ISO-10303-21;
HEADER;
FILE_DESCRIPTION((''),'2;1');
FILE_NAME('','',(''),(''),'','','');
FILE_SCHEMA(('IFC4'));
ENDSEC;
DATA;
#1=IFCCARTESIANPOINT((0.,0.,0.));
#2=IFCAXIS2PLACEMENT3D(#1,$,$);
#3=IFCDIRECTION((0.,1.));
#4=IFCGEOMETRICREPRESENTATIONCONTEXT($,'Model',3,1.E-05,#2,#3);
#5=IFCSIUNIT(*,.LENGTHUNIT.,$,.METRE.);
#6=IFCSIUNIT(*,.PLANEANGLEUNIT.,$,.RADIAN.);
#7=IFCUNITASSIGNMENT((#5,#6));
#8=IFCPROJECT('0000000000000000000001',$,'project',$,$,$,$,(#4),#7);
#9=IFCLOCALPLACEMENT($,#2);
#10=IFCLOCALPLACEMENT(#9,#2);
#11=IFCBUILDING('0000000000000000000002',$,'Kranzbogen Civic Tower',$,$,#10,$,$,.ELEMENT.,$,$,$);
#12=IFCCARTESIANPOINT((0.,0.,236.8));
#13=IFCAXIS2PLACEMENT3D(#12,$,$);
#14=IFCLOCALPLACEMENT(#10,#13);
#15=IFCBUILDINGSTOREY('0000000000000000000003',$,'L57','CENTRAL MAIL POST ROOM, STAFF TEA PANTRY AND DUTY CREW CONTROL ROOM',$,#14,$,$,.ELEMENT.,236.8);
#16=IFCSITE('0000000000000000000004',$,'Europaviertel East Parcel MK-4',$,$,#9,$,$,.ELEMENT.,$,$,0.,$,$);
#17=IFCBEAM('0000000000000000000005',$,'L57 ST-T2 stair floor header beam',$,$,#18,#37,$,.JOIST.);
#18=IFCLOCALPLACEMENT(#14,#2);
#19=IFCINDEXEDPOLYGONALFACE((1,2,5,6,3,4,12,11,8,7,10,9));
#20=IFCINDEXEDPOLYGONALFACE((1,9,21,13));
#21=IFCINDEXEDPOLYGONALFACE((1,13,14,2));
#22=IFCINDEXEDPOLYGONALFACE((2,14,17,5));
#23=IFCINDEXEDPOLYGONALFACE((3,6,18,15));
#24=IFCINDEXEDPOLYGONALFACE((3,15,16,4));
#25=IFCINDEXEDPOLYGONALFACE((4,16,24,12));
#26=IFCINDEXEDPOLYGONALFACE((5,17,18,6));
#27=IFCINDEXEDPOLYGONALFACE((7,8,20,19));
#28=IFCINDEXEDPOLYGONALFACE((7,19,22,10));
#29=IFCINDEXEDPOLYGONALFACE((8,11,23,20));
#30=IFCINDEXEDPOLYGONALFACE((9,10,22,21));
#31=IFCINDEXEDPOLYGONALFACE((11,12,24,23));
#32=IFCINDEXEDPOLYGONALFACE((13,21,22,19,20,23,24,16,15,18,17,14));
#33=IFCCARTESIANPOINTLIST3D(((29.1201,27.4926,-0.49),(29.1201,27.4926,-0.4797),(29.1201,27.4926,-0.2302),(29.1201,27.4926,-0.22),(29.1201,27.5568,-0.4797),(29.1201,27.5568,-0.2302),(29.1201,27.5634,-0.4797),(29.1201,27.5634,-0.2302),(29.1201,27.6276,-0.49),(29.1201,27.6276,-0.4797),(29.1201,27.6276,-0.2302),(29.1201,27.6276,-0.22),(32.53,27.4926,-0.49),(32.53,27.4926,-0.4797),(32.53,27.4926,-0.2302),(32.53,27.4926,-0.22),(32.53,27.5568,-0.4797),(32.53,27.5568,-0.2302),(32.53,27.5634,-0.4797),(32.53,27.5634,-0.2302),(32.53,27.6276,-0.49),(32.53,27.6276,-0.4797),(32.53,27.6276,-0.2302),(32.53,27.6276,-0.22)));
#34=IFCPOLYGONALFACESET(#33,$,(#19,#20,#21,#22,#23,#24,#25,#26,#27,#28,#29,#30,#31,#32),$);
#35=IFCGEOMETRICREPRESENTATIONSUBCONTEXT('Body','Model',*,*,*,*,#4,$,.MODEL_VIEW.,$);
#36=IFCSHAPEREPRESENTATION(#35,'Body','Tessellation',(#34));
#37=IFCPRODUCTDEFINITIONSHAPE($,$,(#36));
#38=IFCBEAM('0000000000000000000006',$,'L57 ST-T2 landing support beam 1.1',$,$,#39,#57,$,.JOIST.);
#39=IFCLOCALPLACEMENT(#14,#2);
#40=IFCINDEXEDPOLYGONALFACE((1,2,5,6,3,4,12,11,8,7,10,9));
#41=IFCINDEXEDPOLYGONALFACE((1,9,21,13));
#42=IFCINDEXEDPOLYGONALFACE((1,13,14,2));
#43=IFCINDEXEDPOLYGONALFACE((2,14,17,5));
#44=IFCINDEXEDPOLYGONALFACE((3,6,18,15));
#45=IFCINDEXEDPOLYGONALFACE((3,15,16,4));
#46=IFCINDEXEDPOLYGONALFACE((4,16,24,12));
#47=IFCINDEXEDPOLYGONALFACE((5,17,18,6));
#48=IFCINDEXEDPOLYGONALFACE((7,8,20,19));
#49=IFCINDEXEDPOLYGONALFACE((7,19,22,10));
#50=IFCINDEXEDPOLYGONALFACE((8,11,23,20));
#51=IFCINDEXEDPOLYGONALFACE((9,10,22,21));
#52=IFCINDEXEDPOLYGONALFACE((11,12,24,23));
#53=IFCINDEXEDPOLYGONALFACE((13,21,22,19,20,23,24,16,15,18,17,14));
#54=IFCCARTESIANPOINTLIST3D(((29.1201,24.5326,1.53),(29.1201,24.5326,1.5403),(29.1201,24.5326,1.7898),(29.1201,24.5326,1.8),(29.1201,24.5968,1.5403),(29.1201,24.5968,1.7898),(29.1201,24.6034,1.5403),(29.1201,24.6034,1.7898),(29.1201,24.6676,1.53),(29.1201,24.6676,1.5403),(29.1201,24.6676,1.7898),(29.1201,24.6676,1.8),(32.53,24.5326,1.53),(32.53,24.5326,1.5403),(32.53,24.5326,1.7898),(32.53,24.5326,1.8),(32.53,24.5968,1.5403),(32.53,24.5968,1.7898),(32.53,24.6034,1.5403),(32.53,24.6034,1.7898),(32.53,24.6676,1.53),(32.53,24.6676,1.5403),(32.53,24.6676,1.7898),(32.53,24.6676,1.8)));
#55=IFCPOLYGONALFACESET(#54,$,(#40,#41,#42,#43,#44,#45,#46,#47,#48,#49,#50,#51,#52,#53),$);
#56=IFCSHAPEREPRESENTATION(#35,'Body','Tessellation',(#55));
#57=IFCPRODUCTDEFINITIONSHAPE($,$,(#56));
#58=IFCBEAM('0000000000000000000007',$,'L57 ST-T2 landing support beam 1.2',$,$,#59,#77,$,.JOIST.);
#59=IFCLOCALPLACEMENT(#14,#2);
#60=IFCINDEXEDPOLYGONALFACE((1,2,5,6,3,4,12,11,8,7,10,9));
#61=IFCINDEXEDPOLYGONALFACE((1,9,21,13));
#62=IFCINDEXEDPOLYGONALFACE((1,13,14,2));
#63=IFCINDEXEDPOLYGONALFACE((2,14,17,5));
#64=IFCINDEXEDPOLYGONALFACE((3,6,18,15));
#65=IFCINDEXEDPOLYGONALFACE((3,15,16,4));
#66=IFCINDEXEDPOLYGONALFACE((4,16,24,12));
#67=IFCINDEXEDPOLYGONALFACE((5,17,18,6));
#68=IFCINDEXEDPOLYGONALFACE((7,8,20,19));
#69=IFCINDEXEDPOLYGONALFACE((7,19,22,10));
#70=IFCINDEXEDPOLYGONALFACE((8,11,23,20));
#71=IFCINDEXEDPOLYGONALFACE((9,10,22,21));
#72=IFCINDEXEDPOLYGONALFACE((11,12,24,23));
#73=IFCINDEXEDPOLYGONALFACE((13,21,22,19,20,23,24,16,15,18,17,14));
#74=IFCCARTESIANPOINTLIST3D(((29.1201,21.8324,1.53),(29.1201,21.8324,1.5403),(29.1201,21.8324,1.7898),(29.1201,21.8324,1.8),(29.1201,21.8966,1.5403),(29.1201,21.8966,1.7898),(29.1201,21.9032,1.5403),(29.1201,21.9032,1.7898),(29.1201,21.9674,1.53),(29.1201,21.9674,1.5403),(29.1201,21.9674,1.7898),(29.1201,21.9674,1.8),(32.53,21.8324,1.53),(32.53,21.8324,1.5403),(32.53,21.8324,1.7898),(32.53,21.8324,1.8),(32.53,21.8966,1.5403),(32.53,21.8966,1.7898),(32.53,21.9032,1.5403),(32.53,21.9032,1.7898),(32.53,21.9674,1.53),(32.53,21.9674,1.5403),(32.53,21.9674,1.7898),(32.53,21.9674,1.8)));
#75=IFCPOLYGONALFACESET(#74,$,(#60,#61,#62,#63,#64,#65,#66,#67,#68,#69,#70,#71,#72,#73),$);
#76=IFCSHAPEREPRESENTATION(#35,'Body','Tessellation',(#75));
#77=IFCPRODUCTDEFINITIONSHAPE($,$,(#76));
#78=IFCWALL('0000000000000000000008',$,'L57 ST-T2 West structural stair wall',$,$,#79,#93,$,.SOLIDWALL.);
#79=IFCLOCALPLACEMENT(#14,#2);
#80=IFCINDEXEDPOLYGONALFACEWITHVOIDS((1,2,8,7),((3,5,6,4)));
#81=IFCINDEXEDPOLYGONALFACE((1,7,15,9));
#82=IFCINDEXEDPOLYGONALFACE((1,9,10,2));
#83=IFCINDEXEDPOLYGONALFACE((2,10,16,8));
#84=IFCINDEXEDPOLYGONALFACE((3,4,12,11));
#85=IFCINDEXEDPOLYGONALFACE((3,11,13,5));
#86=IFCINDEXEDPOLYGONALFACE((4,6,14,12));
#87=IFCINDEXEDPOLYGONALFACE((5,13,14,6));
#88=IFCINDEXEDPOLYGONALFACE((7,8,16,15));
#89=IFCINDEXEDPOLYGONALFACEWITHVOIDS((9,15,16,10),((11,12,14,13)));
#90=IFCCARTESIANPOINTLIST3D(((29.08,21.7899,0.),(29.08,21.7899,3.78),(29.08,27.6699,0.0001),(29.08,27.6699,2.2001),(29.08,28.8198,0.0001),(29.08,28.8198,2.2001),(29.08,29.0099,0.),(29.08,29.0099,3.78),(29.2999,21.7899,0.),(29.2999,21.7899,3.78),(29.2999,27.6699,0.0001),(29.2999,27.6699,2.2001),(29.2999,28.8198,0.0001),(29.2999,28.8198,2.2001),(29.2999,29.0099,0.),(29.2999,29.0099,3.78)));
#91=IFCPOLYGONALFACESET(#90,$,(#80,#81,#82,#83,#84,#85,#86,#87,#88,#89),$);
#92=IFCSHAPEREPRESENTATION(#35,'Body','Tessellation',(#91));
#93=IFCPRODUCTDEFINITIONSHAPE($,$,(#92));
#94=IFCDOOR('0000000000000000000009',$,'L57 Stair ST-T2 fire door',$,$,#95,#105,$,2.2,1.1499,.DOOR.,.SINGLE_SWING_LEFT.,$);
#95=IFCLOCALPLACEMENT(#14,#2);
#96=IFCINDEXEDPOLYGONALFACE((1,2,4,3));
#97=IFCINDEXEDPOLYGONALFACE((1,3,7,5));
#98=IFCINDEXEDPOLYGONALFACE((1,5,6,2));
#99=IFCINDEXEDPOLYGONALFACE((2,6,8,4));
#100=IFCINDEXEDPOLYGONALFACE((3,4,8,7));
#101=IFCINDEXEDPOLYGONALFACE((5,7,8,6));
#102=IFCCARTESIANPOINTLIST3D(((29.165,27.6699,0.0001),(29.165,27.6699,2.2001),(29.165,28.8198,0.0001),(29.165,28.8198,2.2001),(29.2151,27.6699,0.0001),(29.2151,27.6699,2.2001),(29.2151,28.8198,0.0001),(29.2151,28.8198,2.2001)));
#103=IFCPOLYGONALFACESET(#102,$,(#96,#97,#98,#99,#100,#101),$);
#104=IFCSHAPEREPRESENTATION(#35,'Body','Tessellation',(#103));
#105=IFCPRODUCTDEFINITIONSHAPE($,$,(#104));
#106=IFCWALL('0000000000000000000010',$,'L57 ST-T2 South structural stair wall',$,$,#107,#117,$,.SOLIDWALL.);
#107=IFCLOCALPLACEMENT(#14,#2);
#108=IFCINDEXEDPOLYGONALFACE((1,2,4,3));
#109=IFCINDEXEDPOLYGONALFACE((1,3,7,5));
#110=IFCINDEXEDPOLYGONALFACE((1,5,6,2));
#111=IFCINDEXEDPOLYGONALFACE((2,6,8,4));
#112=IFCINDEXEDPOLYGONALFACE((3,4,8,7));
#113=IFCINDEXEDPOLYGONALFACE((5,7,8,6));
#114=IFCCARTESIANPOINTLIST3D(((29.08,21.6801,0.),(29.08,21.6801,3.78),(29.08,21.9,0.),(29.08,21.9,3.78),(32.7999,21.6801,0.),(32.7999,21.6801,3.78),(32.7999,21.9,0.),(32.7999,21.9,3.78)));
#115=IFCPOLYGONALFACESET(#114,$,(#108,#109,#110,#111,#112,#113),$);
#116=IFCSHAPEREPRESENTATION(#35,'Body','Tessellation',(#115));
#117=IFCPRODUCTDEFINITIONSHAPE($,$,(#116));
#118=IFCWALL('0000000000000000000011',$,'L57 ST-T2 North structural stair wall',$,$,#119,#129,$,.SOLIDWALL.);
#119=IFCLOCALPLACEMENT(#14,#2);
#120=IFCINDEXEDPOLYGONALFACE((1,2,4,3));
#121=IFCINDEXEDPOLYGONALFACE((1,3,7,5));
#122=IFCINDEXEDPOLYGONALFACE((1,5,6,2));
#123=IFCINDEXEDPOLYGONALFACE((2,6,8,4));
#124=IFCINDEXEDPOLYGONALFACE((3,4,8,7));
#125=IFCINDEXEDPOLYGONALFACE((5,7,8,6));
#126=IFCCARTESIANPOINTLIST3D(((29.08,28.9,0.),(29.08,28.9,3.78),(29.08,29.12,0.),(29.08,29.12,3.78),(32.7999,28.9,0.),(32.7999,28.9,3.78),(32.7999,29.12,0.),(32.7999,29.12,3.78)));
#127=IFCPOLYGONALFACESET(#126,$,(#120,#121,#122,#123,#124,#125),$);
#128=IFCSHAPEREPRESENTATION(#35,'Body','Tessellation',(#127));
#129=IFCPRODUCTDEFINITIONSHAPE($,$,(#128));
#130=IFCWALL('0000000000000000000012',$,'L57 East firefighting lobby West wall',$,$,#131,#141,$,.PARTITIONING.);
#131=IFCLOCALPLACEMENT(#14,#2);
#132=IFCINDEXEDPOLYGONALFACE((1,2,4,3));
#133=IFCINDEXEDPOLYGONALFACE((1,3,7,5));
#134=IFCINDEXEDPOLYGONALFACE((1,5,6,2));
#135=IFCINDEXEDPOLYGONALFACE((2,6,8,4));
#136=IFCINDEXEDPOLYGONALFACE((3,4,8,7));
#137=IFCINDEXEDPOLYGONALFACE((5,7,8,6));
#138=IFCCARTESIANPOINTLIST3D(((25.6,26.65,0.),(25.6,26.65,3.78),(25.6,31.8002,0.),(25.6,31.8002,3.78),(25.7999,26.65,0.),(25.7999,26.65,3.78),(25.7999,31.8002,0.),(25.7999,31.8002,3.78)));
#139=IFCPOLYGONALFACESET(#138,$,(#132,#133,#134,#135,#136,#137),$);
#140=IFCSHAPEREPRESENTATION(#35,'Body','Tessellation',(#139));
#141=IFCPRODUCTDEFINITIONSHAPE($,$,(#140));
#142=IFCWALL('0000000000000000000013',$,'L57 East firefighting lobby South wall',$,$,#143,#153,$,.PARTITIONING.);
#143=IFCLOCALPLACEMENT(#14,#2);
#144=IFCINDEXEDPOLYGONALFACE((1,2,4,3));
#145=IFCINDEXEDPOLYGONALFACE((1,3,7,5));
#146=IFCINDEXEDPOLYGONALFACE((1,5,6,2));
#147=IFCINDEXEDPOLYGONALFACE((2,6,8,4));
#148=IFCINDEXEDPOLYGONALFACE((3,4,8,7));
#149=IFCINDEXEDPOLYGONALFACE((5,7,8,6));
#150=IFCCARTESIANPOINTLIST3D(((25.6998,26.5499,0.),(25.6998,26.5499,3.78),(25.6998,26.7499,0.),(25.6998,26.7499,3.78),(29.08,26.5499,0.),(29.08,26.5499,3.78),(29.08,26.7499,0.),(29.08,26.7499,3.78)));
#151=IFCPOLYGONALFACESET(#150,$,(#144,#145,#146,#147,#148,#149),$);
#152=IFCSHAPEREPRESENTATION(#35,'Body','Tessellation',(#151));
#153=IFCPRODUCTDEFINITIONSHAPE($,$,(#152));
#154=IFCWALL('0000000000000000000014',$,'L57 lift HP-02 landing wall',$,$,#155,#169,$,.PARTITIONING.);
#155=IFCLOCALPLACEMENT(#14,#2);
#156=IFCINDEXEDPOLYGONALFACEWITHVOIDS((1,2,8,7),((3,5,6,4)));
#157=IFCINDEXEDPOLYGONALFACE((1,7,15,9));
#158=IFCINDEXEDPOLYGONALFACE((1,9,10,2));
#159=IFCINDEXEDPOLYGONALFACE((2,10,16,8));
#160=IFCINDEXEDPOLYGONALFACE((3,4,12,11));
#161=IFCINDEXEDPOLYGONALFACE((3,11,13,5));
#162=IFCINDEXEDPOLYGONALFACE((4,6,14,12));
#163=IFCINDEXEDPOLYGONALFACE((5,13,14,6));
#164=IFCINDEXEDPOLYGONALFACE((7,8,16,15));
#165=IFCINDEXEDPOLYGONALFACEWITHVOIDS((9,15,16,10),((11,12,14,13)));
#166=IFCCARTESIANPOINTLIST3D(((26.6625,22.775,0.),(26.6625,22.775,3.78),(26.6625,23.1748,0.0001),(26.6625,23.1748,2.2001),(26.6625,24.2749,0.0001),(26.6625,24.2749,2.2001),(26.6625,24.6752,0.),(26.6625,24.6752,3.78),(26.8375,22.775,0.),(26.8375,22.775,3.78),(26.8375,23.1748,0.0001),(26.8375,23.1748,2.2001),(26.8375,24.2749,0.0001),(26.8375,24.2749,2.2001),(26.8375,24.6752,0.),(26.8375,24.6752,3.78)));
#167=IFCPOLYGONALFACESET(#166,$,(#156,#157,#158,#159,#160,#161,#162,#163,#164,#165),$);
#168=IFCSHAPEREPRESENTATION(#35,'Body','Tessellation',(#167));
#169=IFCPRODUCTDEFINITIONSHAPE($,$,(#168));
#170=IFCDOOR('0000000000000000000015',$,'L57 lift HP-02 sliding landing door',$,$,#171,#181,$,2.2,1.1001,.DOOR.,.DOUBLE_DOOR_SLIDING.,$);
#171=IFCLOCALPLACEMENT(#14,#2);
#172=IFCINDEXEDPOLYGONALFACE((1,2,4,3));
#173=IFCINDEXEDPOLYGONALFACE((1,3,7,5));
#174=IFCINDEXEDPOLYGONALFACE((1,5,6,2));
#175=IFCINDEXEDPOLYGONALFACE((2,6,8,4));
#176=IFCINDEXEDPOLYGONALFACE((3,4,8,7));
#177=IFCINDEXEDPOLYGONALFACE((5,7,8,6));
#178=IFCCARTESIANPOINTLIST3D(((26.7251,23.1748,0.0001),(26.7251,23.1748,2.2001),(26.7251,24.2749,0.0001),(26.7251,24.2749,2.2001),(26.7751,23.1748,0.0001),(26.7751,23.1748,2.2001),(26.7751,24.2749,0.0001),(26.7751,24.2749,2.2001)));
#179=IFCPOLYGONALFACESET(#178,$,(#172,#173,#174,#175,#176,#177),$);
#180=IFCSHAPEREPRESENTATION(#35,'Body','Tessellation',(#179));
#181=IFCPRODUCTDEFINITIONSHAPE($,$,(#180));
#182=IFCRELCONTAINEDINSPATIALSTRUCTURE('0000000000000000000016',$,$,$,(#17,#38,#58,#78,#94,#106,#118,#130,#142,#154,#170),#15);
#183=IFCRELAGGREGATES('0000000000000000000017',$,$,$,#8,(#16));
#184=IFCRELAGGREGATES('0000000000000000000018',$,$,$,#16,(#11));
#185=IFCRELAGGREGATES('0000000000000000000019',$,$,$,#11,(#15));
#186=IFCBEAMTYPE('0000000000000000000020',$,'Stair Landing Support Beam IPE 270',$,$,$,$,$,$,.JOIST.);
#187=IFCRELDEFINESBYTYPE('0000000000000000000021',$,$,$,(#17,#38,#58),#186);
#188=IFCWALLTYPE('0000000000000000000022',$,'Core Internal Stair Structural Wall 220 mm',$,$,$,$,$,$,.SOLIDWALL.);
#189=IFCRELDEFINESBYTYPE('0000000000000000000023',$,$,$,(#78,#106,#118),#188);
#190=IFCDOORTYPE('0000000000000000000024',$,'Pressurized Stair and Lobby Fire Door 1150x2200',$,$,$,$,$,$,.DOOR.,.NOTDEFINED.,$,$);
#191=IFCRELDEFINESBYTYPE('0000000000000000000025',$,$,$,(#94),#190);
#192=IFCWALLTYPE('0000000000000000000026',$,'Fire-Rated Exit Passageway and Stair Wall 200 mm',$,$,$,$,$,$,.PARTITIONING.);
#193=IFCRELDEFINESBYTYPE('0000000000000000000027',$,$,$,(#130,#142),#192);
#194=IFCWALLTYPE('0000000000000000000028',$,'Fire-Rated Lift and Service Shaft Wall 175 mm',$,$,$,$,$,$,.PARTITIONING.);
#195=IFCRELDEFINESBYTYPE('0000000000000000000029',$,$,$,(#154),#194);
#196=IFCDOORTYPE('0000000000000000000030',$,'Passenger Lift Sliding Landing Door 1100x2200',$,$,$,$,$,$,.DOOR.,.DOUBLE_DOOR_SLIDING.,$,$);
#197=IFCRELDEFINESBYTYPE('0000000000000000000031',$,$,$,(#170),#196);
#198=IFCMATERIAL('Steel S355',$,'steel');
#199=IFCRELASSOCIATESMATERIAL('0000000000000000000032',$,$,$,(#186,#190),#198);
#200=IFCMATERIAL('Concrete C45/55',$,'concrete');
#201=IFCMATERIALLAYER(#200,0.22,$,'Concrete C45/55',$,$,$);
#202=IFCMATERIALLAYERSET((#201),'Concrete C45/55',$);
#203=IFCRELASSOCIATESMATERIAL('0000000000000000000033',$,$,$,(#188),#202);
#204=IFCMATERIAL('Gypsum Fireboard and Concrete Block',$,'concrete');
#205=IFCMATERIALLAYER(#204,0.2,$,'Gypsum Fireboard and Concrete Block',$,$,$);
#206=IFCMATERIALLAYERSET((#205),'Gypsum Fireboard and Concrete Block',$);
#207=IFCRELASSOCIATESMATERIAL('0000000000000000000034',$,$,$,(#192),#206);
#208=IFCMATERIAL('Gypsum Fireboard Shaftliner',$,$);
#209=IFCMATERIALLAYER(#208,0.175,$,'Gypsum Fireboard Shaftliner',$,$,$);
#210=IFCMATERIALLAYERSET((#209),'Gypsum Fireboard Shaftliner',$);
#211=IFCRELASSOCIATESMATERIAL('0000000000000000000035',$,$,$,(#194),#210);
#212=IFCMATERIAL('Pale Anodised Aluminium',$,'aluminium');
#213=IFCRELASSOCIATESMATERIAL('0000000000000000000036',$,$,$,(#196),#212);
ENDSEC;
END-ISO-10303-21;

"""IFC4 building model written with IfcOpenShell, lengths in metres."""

from ifc_helpers import new_model, si_unit, direction, frame, frame_2d, origin, origin_2d, place, context, subcontext, project, spatial, rectangle, i_section, extrude, material, layer, layer_set, material_profile, profile_set, type_object, element, fill, save


model = new_model("IFC4")

# Units and contexts
model_context = context("Model", 3, precision=1e-05, world=origin(), true_north=direction((0.0, 1.0)))
body_context = subcontext(model_context, "Body", "Model", "MODEL_VIEW")
ifc_project = project(units=[si_unit("LENGTHUNIT", "METRE"), si_unit("PLANEANGLEUNIT", "RADIAN")], contexts=[model_context])

# Site, building, storey
site_placement = place(None, origin())
site = spatial("IfcSite", under=ifc_project, at=site_placement, Name="Europaviertel East Parcel MK-4", CompositionType="ELEMENT", RefElevation=0.0)
building_placement = place(site_placement, origin())
building = spatial("IfcBuilding", under=site, at=building_placement, Name="Kranzbogen Civic Tower", CompositionType="ELEMENT")
storey_placement = place(building_placement, frame((0.0, 0.0, 236.8)))
storey = spatial("IfcBuildingStorey", under=building, at=storey_placement, Name="L57", Description="CENTRAL MAIL POST ROOM, STAFF TEA PANTRY AND DUTY CREW CONTROL ROOM", CompositionType="ELEMENT", Elevation=236.8)

# Beams
ifc_material_1 = material(Name="Steel S355", Category="steel")
ifc_material_profile = material_profile(ifc_material_1, i_section(OverallWidth=0.135, OverallDepth=0.27, WebThickness=0.0066, FlangeThickness=0.0103, at=origin_2d()), Name="IPE 270")
ifc_profile_set = profile_set([ifc_material_profile], Name="Steel S355")
beam_type = type_object("IfcBeamType", Name="Stair Landing Support Beam IPE 270", PredefinedType="JOIST", material=ifc_profile_set)
for number, where, z_axis, x_axis, name in (
    (1, (29.1201, 27.5601, -0.355), (1.0, 0.0, 0.0), (0.0, 1.0, 0.0), "L57 ST-T2 stair floor header beam"),
    (2, (29.1201, 24.6001, 1.665), (1.0, 0.0, 0.0), (0.0, 1.0, 0.0), "L57 ST-T2 landing support beam 1.1"),
    (3, (29.1201, 21.8999, 1.665), (1.0, 0.0, 0.0), (0.0, 1.0, 0.0), "L57 ST-T2 landing support beam 1.2"),
):
    element("IfcBeam", number, at=place(storey_placement, frame(where, z_axis=z_axis, x_axis=x_axis)), inside=storey, type_object=beam_type, Name=name, PredefinedType="JOIST", context=body_context, shape_type="SweptSolid", body=[
        extrude(i_section(OverallWidth=0.135, OverallDepth=0.27, WebThickness=0.0066, FlangeThickness=0.0103, at=origin_2d()), origin(), (0.0, 0.0, 1.0), 3.4099),
    ])

# Wall, opening, door
ifc_material_2 = material(Name="Concrete C45/55", Category="concrete")
ifc_layer_1 = layer(ifc_material_2, 0.22, Name="Concrete C45/55")
ifc_layer_set_1 = layer_set([ifc_layer_1], Name="Concrete C45/55")
wall_type_1 = type_object("IfcWallType", Name="Core Internal Stair Structural Wall 220 mm", PredefinedType="SOLIDWALL", material=ifc_layer_set_1)
wall_1_placement = place(storey_placement, frame((29.1899, 21.79, 0.0), z_axis=(0.0, 0.0, 1.0), x_axis=(0.0, 1.0, 0.0)))
wall_1 = element("IfcWall", 4, at=wall_1_placement, inside=storey, type_object=wall_type_1, Name="L57 ST-T2 West structural stair wall", PredefinedType="SOLIDWALL", context=body_context, shape_type="SweptSolid", body=[
    extrude(rectangle(XDim=7.22, YDim=0.22, at=frame_2d((3.6099, 0.0))), origin(), (0.0, 0.0, 1.0), 3.78),
])
opening_1_placement = place(wall_1_placement, frame((5.8799, 0.0, 0.0)))
opening_1 = element("IfcOpeningElement", 5, at=opening_1_placement, cuts=wall_1, PredefinedType="OPENING", context=body_context, shape_type="SweptSolid", body=[
    extrude(rectangle(XDim=1.1499, YDim=2.2, at=frame_2d((0.575, 1.1001))), frame((0.0, 0.1201, 0.0), z_axis=(0.0, -1.0, 0.0), x_axis=(1.0, 0.0, 0.0)), (0.0, 0.0, 1.0), 0.24),
])
door_type_1 = type_object("IfcDoorType", Name="Pressurized Stair and Lobby Fire Door 1150x2200", OperationType="NOTDEFINED", PredefinedType="DOOR", material=ifc_material_1)
door_1_placement = place(opening_1_placement, origin())
door_1 = element("IfcDoor", 6, at=door_1_placement, inside=storey, type_object=door_type_1, Name="L57 Stair ST-T2 fire door", OperationType="SINGLE_SWING_LEFT", OverallHeight=2.2, OverallWidth=1.1499, PredefinedType="DOOR", context=body_context, shape_type="SweptSolid", body=[
    extrude(rectangle(XDim=1.1499, YDim=2.2, at=frame_2d((0.575, 1.1001))), frame((0.0, 0.0249, 0.0), z_axis=(0.0, -1.0, 0.0), x_axis=(1.0, 0.0, 0.0)), (0.0, 0.0, 1.0), 0.05),
])
fill(opening_1, door_1)

# Walls
for number, where, z_axis, x_axis, name in (
    (7, (29.0801, 21.79, 0.0), (0.0, 0.0, 1.0), (1.0, 0.0, 0.0), "L57 ST-T2 South structural stair wall"),
    (8, (29.0801, 29.01, 0.0), (0.0, 0.0, 1.0), (1.0, 0.0, 0.0), "L57 ST-T2 North structural stair wall"),
):
    element("IfcWall", number, at=place(storey_placement, frame(where, z_axis=z_axis, x_axis=x_axis)), inside=storey, type_object=wall_type_1, Name=name, PredefinedType="SOLIDWALL", context=body_context, shape_type="SweptSolid", body=[
        extrude(rectangle(XDim=3.72, YDim=0.22, at=frame_2d((1.8599, 0.0))), origin(), (0.0, 0.0, 1.0), 3.78),
    ])
ifc_material_3 = material(Name="Gypsum Fireboard and Concrete Block", Category="concrete")
ifc_layer_2 = layer(ifc_material_3, 0.2, Name="Gypsum Fireboard and Concrete Block")
ifc_layer_set_2 = layer_set([ifc_layer_2], Name="Gypsum Fireboard and Concrete Block")
wall_type_2 = type_object("IfcWallType", Name="Fire-Rated Exit Passageway and Stair Wall 200 mm", PredefinedType="PARTITIONING", material=ifc_layer_set_2)
wall_2_placement = place(storey_placement, frame((25.7, 26.6499, 0.0), z_axis=(0.0, 0.0, 1.0), x_axis=(0.0, 1.0, 0.0)))
element("IfcWall", 9, at=wall_2_placement, inside=storey, type_object=wall_type_2, Name="L57 East firefighting lobby West wall", PredefinedType="PARTITIONING", context=body_context, shape_type="SweptSolid", body=[
    extrude(rectangle(XDim=5.1501, YDim=0.2, at=frame_2d((2.5752, 0.0))), origin(), (0.0, 0.0, 1.0), 3.78),
])
wall_3_placement = place(storey_placement, frame((25.7, 26.6499, 0.0), z_axis=(0.0, 0.0, 1.0), x_axis=(1.0, 0.0, 0.0)))
element("IfcWall", 10, at=wall_3_placement, inside=storey, type_object=wall_type_2, Name="L57 East firefighting lobby South wall", PredefinedType="PARTITIONING", context=body_context, shape_type="SweptSolid", body=[
    extrude(rectangle(XDim=3.3801, YDim=0.2, at=frame_2d((1.6899, 0.0))), origin(), (0.0, 0.0, 1.0), 3.78),
])

# Wall, opening, door
ifc_material_4 = material(Name="Gypsum Fireboard Shaftliner")
ifc_layer_3 = layer(ifc_material_4, 0.175, Name="Gypsum Fireboard Shaftliner")
ifc_layer_set_3 = layer_set([ifc_layer_3], Name="Gypsum Fireboard Shaftliner")
wall_type_3 = type_object("IfcWallType", Name="Fire-Rated Lift and Service Shaft Wall 175 mm", PredefinedType="PARTITIONING", material=ifc_layer_set_3)
wall_4_placement = place(storey_placement, frame((26.75, 22.7749, 0.0), z_axis=(0.0, 0.0, 1.0), x_axis=(0.0, 1.0, 0.0)))
wall_4 = element("IfcWall", 11, at=wall_4_placement, inside=storey, type_object=wall_type_3, Name="L57 lift HP-02 landing wall", PredefinedType="PARTITIONING", context=body_context, shape_type="SweptSolid", body=[
    extrude(rectangle(XDim=1.9001, YDim=0.175, at=frame_2d((0.9502, 0.0))), origin(), (0.0, 0.0, 1.0), 3.78),
])
opening_2_placement = place(wall_4_placement, frame((0.3999, 0.0, 0.0)))
opening_2 = element("IfcOpeningElement", 12, at=opening_2_placement, cuts=wall_4, PredefinedType="OPENING", context=body_context, shape_type="SweptSolid", body=[
    extrude(rectangle(XDim=1.1001, YDim=2.2, at=frame_2d((0.55, 1.1001))), frame((0.0, 0.0977, 0.0), z_axis=(0.0, -1.0, 0.0), x_axis=(1.0, 0.0, 0.0)), (0.0, 0.0, 1.0), 0.1951),
])
ifc_material_5 = material(Name="Pale Anodised Aluminium", Category="aluminium")
door_type_2 = type_object("IfcDoorType", Name="Passenger Lift Sliding Landing Door 1100x2200", OperationType="DOUBLE_DOOR_SLIDING", PredefinedType="DOOR", material=ifc_material_5)
door_2_placement = place(opening_2_placement, origin())
door_2 = element("IfcDoor", 13, at=door_2_placement, inside=storey, type_object=door_type_2, Name="L57 lift HP-02 sliding landing door", OperationType="DOUBLE_DOOR_SLIDING", OverallHeight=2.2, OverallWidth=1.1001, PredefinedType="DOOR", context=body_context, shape_type="SweptSolid", body=[
    extrude(rectangle(XDim=1.1001, YDim=2.2, at=frame_2d((0.55, 1.1001))), frame((0.0, 0.0249, 0.0), z_axis=(0.0, -1.0, 0.0), x_axis=(1.0, 0.0, 0.0)), (0.0, 0.0, 1.0), 0.05),
])
fill(opening_2, door_2)

save(model, "model.ifc")
